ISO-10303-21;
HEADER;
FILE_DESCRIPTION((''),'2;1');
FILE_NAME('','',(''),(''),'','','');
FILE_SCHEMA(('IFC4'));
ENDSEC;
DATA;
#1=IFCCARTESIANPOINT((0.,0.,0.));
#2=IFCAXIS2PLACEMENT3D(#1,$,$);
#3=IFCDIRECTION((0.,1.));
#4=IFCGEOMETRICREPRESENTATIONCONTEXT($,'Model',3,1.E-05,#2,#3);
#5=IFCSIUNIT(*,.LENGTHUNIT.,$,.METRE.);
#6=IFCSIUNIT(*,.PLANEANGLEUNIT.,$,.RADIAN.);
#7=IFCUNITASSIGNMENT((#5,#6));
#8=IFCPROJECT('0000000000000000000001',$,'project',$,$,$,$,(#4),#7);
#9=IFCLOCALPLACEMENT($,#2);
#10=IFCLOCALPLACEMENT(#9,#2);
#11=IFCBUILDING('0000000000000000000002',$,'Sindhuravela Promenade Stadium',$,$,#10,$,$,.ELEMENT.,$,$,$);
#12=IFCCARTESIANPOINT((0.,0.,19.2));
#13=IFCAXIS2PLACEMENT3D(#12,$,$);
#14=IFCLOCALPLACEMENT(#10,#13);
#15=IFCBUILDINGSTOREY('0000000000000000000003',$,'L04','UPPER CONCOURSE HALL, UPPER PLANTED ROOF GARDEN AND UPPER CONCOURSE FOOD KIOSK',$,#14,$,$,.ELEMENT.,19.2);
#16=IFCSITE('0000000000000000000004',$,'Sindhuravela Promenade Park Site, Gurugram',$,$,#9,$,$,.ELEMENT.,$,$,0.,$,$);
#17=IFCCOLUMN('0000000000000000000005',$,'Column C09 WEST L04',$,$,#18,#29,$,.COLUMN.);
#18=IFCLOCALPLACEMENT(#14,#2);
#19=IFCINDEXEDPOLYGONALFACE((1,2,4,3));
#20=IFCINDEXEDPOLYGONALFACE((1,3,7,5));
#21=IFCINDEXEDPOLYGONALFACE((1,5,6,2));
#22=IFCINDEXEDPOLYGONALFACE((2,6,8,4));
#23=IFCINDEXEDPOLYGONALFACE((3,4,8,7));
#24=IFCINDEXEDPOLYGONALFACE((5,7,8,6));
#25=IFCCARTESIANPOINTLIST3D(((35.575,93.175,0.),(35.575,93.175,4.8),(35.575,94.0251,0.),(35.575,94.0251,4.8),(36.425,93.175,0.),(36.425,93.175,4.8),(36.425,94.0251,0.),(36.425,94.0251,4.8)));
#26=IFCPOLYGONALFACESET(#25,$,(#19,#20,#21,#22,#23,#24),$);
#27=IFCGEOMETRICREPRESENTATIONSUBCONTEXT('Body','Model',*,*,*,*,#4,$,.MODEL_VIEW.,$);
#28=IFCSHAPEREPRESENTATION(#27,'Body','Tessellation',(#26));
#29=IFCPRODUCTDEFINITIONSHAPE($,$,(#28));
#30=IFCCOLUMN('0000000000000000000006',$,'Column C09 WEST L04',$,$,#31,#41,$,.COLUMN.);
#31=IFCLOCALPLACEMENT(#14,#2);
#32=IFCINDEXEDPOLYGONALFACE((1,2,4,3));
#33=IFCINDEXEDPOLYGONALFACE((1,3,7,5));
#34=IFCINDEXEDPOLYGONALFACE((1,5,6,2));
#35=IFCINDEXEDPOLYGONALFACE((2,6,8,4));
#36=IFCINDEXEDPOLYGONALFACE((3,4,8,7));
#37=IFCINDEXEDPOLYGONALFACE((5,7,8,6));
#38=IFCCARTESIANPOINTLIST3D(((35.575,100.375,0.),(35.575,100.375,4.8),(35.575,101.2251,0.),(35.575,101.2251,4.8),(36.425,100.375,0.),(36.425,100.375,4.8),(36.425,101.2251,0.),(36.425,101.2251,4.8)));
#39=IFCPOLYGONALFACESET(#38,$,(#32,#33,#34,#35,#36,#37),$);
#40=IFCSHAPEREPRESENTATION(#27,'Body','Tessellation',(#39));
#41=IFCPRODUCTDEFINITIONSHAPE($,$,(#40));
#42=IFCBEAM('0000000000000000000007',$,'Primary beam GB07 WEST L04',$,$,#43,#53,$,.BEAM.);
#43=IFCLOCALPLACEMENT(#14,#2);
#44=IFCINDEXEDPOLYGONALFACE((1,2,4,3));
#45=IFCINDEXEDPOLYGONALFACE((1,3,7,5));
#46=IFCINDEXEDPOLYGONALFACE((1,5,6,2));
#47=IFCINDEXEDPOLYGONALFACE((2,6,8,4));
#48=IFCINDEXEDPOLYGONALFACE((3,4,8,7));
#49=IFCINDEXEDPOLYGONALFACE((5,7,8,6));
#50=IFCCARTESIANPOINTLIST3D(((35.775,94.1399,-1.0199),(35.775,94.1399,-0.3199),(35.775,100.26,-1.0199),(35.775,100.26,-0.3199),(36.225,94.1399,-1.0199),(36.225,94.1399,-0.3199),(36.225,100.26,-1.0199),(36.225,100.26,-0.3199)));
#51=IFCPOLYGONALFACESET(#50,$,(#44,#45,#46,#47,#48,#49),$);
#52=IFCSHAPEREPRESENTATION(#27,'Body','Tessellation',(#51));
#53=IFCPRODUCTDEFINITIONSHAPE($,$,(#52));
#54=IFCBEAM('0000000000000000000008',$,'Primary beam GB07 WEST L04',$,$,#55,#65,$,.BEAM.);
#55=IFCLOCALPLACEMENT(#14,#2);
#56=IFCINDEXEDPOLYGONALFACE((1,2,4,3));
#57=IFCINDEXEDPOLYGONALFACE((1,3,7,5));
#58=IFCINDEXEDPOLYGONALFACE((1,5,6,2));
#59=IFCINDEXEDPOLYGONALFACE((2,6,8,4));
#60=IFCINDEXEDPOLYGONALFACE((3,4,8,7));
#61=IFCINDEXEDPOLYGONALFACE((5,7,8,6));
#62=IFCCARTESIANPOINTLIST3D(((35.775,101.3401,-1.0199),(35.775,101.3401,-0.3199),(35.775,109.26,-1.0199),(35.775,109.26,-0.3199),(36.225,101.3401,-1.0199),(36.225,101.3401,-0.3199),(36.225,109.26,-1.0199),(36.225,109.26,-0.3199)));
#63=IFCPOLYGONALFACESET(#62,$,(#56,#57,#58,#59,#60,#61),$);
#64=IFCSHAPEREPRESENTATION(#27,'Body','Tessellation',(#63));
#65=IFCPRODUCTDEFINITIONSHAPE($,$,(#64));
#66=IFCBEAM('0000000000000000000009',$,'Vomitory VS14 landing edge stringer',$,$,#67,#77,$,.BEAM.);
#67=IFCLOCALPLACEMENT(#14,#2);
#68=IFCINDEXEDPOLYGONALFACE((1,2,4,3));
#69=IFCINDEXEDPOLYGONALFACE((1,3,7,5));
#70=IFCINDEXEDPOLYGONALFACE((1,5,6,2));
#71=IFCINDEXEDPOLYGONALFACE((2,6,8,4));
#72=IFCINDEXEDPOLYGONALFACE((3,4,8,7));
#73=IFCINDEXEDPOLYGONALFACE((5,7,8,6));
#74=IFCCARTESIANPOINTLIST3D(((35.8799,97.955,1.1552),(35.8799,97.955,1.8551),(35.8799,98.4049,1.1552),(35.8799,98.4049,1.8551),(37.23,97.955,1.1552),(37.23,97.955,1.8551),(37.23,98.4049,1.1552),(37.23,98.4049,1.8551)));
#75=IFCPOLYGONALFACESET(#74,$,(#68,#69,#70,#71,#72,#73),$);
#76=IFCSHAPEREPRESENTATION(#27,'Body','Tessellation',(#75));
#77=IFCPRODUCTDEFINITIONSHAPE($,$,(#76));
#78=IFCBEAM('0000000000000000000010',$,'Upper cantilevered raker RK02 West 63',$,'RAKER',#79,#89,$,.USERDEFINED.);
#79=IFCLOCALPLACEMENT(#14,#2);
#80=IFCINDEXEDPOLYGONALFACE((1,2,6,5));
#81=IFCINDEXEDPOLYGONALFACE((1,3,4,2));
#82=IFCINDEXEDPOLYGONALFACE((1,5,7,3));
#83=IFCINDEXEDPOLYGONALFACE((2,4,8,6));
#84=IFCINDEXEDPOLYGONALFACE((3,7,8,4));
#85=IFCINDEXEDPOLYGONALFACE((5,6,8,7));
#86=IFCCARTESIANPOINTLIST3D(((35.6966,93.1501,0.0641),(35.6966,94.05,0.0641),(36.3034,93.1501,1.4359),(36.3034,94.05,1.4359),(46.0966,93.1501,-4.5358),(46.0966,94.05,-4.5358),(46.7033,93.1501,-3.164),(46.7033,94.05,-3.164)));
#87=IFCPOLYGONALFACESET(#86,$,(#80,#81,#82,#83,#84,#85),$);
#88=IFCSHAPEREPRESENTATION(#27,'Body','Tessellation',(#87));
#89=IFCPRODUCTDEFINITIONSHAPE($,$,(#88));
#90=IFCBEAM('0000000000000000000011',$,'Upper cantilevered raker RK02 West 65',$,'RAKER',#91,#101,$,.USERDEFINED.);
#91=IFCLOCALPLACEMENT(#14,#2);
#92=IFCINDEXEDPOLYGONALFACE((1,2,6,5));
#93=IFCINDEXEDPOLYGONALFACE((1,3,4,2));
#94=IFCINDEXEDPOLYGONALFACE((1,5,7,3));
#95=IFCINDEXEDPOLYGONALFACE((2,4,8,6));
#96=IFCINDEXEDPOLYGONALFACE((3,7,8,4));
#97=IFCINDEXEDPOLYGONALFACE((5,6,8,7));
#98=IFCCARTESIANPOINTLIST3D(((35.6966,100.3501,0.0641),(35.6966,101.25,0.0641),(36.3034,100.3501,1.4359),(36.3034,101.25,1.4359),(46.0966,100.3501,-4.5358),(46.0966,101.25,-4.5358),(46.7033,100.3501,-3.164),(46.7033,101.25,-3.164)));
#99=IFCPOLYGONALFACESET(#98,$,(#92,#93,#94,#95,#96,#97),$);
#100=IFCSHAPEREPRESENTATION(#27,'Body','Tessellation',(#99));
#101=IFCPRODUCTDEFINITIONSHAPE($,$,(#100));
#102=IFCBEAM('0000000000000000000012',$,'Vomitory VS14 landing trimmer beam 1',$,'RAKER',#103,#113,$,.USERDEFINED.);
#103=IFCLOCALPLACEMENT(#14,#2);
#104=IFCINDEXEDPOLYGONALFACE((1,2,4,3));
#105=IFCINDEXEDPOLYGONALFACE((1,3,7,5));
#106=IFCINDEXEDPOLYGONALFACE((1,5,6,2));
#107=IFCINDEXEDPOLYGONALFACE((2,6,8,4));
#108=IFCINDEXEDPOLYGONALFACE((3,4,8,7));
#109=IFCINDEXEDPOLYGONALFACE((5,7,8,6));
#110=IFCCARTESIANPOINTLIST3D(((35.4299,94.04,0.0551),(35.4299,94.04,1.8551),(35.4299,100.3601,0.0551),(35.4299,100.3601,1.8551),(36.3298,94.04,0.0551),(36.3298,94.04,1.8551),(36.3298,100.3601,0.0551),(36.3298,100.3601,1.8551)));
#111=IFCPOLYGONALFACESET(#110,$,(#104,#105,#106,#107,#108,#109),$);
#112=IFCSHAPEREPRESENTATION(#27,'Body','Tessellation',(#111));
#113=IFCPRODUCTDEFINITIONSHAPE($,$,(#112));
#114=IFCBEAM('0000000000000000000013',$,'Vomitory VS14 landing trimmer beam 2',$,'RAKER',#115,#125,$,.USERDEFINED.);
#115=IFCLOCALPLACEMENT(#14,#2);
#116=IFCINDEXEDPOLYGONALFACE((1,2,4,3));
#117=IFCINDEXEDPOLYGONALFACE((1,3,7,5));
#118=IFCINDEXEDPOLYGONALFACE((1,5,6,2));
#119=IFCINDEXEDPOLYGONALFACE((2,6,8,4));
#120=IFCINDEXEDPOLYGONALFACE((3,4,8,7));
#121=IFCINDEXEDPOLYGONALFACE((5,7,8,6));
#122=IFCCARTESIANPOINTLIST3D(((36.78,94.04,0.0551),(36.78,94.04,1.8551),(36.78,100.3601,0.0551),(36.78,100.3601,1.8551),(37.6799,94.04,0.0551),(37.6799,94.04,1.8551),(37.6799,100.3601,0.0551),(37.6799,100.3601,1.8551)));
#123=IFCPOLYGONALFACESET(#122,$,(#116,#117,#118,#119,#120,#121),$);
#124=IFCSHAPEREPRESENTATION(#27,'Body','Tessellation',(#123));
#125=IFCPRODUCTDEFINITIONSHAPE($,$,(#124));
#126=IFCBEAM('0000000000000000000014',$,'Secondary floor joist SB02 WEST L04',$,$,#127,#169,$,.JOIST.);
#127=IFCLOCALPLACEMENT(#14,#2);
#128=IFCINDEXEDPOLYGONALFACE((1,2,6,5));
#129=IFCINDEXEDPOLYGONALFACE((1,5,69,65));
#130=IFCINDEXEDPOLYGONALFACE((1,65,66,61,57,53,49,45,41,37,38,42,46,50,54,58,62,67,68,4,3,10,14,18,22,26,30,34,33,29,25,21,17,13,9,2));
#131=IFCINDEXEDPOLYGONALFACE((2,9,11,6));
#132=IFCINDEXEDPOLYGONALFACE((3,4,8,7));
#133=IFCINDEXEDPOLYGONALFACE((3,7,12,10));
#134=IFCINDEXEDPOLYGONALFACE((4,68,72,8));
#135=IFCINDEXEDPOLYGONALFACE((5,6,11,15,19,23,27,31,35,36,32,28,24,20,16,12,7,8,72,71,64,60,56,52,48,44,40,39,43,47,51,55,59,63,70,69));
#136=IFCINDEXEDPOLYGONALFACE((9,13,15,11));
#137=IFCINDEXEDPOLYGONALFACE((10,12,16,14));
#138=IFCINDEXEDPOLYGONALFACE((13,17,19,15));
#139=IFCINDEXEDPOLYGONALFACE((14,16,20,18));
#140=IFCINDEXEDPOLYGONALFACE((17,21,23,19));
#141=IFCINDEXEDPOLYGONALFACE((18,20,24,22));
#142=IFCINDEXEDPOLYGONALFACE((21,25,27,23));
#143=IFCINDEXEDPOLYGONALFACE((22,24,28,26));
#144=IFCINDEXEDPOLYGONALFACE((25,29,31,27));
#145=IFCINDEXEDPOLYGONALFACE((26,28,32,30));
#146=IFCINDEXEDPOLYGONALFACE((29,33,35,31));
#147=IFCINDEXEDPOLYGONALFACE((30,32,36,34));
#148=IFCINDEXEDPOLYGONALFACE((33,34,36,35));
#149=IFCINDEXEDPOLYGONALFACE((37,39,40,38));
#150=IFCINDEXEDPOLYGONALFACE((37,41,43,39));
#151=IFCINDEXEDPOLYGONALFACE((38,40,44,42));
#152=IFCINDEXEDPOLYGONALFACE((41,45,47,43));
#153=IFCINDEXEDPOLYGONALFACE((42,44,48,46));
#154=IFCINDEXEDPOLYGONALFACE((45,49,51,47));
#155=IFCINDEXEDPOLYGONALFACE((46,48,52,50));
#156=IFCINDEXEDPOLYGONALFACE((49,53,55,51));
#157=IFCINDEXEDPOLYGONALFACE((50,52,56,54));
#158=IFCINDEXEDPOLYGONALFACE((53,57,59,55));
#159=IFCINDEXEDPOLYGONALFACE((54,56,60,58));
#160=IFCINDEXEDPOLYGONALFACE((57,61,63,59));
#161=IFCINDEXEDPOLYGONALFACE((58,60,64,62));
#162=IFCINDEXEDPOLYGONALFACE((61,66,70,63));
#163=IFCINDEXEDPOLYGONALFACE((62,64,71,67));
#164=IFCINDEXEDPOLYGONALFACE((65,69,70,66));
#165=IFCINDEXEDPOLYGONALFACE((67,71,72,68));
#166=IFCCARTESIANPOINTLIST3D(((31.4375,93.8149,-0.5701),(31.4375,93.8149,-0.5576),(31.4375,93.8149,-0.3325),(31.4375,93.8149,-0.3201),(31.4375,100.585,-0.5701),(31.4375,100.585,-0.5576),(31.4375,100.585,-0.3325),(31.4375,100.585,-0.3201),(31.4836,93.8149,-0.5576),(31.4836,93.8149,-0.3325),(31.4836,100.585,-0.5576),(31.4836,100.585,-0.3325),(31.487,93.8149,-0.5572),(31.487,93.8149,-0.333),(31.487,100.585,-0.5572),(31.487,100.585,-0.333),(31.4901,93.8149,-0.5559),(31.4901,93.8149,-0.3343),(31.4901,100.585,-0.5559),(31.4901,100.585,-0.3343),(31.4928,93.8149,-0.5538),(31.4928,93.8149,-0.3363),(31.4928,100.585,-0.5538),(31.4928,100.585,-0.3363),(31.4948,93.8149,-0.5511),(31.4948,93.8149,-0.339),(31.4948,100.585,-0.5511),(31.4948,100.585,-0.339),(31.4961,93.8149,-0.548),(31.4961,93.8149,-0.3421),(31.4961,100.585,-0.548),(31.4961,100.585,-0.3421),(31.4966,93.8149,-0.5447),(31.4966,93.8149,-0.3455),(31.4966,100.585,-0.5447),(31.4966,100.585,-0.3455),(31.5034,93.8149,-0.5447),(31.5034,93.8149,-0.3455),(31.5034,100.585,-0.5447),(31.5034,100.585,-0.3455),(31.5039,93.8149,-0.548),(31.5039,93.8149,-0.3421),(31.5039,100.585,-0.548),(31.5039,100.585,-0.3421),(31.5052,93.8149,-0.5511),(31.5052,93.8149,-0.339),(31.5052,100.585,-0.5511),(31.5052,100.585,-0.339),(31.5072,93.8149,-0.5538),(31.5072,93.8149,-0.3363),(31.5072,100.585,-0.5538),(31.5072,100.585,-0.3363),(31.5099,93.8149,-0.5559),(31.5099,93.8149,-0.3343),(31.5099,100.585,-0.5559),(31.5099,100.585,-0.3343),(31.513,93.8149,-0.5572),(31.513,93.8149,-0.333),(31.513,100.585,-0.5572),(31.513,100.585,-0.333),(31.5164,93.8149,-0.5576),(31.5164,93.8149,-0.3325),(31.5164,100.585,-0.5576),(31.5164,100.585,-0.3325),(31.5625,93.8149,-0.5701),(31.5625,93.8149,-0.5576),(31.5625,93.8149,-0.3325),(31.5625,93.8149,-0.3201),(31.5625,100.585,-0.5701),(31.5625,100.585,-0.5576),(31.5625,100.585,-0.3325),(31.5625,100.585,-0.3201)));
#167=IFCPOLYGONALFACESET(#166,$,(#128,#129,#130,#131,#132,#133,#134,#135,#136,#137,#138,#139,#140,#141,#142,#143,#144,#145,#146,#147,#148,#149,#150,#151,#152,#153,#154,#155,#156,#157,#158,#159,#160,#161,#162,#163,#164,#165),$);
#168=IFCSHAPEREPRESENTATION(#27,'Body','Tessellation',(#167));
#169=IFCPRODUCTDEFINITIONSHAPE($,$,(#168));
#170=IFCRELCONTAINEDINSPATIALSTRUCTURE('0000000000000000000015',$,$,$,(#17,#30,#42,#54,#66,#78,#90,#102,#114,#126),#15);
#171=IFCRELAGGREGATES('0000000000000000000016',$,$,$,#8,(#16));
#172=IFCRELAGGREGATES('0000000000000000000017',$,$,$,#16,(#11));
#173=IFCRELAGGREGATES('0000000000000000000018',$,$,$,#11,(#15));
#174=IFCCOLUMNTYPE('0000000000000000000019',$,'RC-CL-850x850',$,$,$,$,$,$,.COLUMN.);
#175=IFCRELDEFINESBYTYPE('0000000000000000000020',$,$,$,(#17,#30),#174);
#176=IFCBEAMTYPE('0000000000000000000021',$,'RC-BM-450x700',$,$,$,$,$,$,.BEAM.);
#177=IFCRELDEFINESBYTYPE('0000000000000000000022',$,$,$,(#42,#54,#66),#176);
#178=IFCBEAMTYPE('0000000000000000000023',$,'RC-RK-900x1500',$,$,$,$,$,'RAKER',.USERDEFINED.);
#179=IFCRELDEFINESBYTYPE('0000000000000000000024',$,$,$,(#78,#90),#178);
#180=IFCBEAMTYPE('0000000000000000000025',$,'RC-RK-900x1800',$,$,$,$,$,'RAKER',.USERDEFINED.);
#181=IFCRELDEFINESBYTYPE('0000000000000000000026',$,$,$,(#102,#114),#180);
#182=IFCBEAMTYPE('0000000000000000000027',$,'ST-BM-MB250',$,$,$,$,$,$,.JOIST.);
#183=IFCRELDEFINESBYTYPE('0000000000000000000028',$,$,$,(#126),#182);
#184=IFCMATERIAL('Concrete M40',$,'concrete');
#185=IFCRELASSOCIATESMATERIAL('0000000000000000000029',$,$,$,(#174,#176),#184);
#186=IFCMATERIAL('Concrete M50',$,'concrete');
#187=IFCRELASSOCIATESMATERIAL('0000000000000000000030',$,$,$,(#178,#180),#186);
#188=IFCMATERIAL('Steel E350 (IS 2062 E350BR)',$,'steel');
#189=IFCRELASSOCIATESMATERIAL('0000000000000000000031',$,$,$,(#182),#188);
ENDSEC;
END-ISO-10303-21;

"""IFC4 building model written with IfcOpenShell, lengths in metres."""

from ifc_helpers import new_model, si_unit, direction, frame, origin, origin_2d, place, context, subcontext, project, spatial, rectangle, i_section, extrude, material, material_profile, profile_set, type_object, element, save


model = new_model("IFC4")

# Units and contexts
model_context = context("Model", 3, precision=1e-05, world=origin(), true_north=direction((0.0, 1.0)))
body_context = subcontext(model_context, "Body", "Model", "MODEL_VIEW")
ifc_project = project(units=[si_unit("LENGTHUNIT", "METRE"), si_unit("PLANEANGLEUNIT", "RADIAN")], contexts=[model_context])

# Site, building, storey
site_placement = place(None, origin())
site = spatial("IfcSite", under=ifc_project, at=site_placement, Name="Sindhuravela Promenade Park Site, Gurugram", CompositionType="ELEMENT", RefElevation=0.0)
building_placement = place(site_placement, origin())
building = spatial("IfcBuilding", under=site, at=building_placement, Name="Sindhuravela Promenade Stadium", CompositionType="ELEMENT")
storey_placement = place(building_placement, frame((0.0, 0.0, 19.2)))
storey = spatial("IfcBuildingStorey", under=building, at=storey_placement, Name="L04", Description="UPPER CONCOURSE HALL, UPPER PLANTED ROOF GARDEN AND UPPER CONCOURSE FOOD KIOSK", CompositionType="ELEMENT", Elevation=19.2)

# Columns
ifc_material_1 = material(Name="Concrete M40", Category="concrete")
ifc_material_profile_1 = material_profile(ifc_material_1, rectangle(XDim=0.8501, YDim=0.8501, at=origin_2d()), Name="RC 850x850")
ifc_profile_set_1 = profile_set([ifc_material_profile_1], Name="Concrete M40")
column_type = type_object("IfcColumnType", Name="RC-CL-850x850", PredefinedType="COLUMN", material=ifc_profile_set_1)
for number, where, z_axis, x_axis, name in (
    (1, (36.0, 93.6001, 0.0), (0.0, 0.0, 1.0), (1.0, 0.0, 0.0), "Column C09 WEST L04"),
    (2, (36.0, 100.8, 0.0), (0.0, 0.0, 1.0), (1.0, 0.0, 0.0), "Column C09 WEST L04"),
):
    element("IfcColumn", number, at=place(storey_placement, frame(where, z_axis=z_axis, x_axis=x_axis)), inside=storey, type_object=column_type, Name=name, PredefinedType="COLUMN", context=body_context, shape_type="SweptSolid", body=[
        extrude(rectangle(XDim=0.8501, YDim=0.8501, at=origin_2d()), origin(), (0.0, 0.0, 1.0), 4.8),
    ])

# Beams
ifc_material_profile_2 = material_profile(ifc_material_1, rectangle(XDim=0.45, YDim=0.7, at=origin_2d()), Name="RC 450x700")
ifc_profile_set_2 = profile_set([ifc_material_profile_2], Name="Concrete M40")
beam_type_1 = type_object("IfcBeamType", Name="RC-BM-450x700", PredefinedType="BEAM", material=ifc_profile_set_2)
beam_1_placement = place(storey_placement, frame((36.0, 94.1399, -0.6699), z_axis=(0.0, 1.0, 0.0), x_axis=(-1.0, 0.0, 0.0)))
element("IfcBeam", 3, at=beam_1_placement, inside=storey, type_object=beam_type_1, Name="Primary beam GB07 WEST L04", PredefinedType="BEAM", context=body_context, shape_type="SweptSolid", body=[
    extrude(rectangle(XDim=0.45, YDim=0.7, at=origin_2d()), origin(), (0.0, 0.0, 1.0), 6.1201),
])
beam_2_placement = place(storey_placement, frame((36.0, 101.3401, -0.6699), z_axis=(0.0, 1.0, 0.0), x_axis=(-1.0, 0.0, 0.0)))
element("IfcBeam", 4, at=beam_2_placement, inside=storey, type_object=beam_type_1, Name="Primary beam GB07 WEST L04", PredefinedType="BEAM", context=body_context, shape_type="SweptSolid", body=[
    extrude(rectangle(XDim=0.45, YDim=0.7, at=origin_2d()), origin(), (0.0, 0.0, 1.0), 7.9199),
])
beam_3_placement = place(storey_placement, frame((35.8799, 98.1799, 1.5051), z_axis=(1.0, 0.0, 0.0), x_axis=(0.0, 1.0, 0.0)))
element("IfcBeam", 5, at=beam_3_placement, inside=storey, type_object=beam_type_1, Name="Vomitory VS14 landing edge stringer", PredefinedType="BEAM", context=body_context, shape_type="SweptSolid", body=[
    extrude(rectangle(XDim=0.45, YDim=0.7, at=origin_2d()), origin(), (0.0, 0.0, 1.0), 1.3501),
])
ifc_material_2 = material(Name="Concrete M50", Category="concrete")
ifc_material_profile_3 = material_profile(ifc_material_2, rectangle(XDim=0.8999, YDim=1.5, at=origin_2d()), Name="RC 900x1500")
ifc_profile_set_3 = profile_set([ifc_material_profile_3], Name="Concrete M50")
beam_type_2 = type_object("IfcBeamType", Name="RC-RK-900x1500", ElementType="RAKER", PredefinedType="USERDEFINED", material=ifc_profile_set_3)
for number, where, z_axis, x_axis, name in (
    (6, (36.0, 93.6001, 0.75), (0.914539, 0.0, -0.404498), (0.0, 1.0, 0.0), "Upper cantilevered raker RK02 West 63"),
    (7, (36.0, 100.8, 0.75), (0.914539, 0.0, -0.404498), (0.0, 1.0, 0.0), "Upper cantilevered raker RK02 West 65"),
):
    element("IfcBeam", number, at=place(storey_placement, frame(where, z_axis=z_axis, x_axis=x_axis)), inside=storey, type_object=beam_type_2, Name=name, ObjectType="RAKER", PredefinedType="USERDEFINED", context=body_context, shape_type="SweptSolid", body=[
        extrude(rectangle(XDim=0.8999, YDim=1.5, at=origin_2d()), origin(), (0.0, 0.0, 1.0), 11.3718),
    ])
ifc_material_profile_4 = material_profile(ifc_material_2, rectangle(XDim=0.8999, YDim=1.8, at=origin_2d()), Name="RC 900x1800")
ifc_profile_set_4 = profile_set([ifc_material_profile_4], Name="Concrete M50")
beam_type_3 = type_object("IfcBeamType", Name="RC-RK-900x1800", ElementType="RAKER", PredefinedType="USERDEFINED", material=ifc_profile_set_4)
for number, where, z_axis, x_axis, name in (
    (8, (35.8799, 94.04, 0.9551), (0.0, 1.0, 0.0), (-1.0, 0.0, 0.0), "Vomitory VS14 landing trimmer beam 1"),
    (9, (37.23, 94.04, 0.9551), (0.0, 1.0, 0.0), (-1.0, 0.0, 0.0), "Vomitory VS14 landing trimmer beam 2"),
):
    element("IfcBeam", number, at=place(storey_placement, frame(where, z_axis=z_axis, x_axis=x_axis)), inside=storey, type_object=beam_type_3, Name=name, ObjectType="RAKER", PredefinedType="USERDEFINED", context=body_context, shape_type="SweptSolid", body=[
        extrude(rectangle(XDim=0.8999, YDim=1.8, at=origin_2d()), origin(), (0.0, 0.0, 1.0), 6.3201),
    ])
ifc_material_3 = material(Name="Steel E350 (IS 2062 E350BR)", Category="steel")
ifc_material_profile_5 = material_profile(ifc_material_3, i_section(OverallWidth=0.125, OverallDepth=0.25, WebThickness=0.0068, FlangeThickness=0.0125, FilletRadius=0.0129, at=origin_2d()), Name="ISMB 250")
ifc_profile_set_5 = profile_set([ifc_material_profile_5], Name="Steel E350 (IS 2062 E350BR)")
beam_type_4 = type_object("IfcBeamType", Name="ST-BM-MB250", PredefinedType="JOIST", material=ifc_profile_set_5)
beam_4_placement = place(storey_placement, frame((31.5, 93.8149, -0.4451), z_axis=(0.0, 1.0, 0.0), x_axis=(-1.0, 0.0, 0.0)))
element("IfcBeam", 10, at=beam_4_placement, inside=storey, type_object=beam_type_4, Name="Secondary floor joist SB02 WEST L04", PredefinedType="JOIST", context=body_context, shape_type="SweptSolid", body=[
    extrude(i_section(OverallWidth=0.125, OverallDepth=0.25, WebThickness=0.0068, FlangeThickness=0.0125, FilletRadius=0.0129, at=origin_2d()), origin(), (0.0, 0.0, 1.0), 6.77),
])

save(model, "model.ifc")
